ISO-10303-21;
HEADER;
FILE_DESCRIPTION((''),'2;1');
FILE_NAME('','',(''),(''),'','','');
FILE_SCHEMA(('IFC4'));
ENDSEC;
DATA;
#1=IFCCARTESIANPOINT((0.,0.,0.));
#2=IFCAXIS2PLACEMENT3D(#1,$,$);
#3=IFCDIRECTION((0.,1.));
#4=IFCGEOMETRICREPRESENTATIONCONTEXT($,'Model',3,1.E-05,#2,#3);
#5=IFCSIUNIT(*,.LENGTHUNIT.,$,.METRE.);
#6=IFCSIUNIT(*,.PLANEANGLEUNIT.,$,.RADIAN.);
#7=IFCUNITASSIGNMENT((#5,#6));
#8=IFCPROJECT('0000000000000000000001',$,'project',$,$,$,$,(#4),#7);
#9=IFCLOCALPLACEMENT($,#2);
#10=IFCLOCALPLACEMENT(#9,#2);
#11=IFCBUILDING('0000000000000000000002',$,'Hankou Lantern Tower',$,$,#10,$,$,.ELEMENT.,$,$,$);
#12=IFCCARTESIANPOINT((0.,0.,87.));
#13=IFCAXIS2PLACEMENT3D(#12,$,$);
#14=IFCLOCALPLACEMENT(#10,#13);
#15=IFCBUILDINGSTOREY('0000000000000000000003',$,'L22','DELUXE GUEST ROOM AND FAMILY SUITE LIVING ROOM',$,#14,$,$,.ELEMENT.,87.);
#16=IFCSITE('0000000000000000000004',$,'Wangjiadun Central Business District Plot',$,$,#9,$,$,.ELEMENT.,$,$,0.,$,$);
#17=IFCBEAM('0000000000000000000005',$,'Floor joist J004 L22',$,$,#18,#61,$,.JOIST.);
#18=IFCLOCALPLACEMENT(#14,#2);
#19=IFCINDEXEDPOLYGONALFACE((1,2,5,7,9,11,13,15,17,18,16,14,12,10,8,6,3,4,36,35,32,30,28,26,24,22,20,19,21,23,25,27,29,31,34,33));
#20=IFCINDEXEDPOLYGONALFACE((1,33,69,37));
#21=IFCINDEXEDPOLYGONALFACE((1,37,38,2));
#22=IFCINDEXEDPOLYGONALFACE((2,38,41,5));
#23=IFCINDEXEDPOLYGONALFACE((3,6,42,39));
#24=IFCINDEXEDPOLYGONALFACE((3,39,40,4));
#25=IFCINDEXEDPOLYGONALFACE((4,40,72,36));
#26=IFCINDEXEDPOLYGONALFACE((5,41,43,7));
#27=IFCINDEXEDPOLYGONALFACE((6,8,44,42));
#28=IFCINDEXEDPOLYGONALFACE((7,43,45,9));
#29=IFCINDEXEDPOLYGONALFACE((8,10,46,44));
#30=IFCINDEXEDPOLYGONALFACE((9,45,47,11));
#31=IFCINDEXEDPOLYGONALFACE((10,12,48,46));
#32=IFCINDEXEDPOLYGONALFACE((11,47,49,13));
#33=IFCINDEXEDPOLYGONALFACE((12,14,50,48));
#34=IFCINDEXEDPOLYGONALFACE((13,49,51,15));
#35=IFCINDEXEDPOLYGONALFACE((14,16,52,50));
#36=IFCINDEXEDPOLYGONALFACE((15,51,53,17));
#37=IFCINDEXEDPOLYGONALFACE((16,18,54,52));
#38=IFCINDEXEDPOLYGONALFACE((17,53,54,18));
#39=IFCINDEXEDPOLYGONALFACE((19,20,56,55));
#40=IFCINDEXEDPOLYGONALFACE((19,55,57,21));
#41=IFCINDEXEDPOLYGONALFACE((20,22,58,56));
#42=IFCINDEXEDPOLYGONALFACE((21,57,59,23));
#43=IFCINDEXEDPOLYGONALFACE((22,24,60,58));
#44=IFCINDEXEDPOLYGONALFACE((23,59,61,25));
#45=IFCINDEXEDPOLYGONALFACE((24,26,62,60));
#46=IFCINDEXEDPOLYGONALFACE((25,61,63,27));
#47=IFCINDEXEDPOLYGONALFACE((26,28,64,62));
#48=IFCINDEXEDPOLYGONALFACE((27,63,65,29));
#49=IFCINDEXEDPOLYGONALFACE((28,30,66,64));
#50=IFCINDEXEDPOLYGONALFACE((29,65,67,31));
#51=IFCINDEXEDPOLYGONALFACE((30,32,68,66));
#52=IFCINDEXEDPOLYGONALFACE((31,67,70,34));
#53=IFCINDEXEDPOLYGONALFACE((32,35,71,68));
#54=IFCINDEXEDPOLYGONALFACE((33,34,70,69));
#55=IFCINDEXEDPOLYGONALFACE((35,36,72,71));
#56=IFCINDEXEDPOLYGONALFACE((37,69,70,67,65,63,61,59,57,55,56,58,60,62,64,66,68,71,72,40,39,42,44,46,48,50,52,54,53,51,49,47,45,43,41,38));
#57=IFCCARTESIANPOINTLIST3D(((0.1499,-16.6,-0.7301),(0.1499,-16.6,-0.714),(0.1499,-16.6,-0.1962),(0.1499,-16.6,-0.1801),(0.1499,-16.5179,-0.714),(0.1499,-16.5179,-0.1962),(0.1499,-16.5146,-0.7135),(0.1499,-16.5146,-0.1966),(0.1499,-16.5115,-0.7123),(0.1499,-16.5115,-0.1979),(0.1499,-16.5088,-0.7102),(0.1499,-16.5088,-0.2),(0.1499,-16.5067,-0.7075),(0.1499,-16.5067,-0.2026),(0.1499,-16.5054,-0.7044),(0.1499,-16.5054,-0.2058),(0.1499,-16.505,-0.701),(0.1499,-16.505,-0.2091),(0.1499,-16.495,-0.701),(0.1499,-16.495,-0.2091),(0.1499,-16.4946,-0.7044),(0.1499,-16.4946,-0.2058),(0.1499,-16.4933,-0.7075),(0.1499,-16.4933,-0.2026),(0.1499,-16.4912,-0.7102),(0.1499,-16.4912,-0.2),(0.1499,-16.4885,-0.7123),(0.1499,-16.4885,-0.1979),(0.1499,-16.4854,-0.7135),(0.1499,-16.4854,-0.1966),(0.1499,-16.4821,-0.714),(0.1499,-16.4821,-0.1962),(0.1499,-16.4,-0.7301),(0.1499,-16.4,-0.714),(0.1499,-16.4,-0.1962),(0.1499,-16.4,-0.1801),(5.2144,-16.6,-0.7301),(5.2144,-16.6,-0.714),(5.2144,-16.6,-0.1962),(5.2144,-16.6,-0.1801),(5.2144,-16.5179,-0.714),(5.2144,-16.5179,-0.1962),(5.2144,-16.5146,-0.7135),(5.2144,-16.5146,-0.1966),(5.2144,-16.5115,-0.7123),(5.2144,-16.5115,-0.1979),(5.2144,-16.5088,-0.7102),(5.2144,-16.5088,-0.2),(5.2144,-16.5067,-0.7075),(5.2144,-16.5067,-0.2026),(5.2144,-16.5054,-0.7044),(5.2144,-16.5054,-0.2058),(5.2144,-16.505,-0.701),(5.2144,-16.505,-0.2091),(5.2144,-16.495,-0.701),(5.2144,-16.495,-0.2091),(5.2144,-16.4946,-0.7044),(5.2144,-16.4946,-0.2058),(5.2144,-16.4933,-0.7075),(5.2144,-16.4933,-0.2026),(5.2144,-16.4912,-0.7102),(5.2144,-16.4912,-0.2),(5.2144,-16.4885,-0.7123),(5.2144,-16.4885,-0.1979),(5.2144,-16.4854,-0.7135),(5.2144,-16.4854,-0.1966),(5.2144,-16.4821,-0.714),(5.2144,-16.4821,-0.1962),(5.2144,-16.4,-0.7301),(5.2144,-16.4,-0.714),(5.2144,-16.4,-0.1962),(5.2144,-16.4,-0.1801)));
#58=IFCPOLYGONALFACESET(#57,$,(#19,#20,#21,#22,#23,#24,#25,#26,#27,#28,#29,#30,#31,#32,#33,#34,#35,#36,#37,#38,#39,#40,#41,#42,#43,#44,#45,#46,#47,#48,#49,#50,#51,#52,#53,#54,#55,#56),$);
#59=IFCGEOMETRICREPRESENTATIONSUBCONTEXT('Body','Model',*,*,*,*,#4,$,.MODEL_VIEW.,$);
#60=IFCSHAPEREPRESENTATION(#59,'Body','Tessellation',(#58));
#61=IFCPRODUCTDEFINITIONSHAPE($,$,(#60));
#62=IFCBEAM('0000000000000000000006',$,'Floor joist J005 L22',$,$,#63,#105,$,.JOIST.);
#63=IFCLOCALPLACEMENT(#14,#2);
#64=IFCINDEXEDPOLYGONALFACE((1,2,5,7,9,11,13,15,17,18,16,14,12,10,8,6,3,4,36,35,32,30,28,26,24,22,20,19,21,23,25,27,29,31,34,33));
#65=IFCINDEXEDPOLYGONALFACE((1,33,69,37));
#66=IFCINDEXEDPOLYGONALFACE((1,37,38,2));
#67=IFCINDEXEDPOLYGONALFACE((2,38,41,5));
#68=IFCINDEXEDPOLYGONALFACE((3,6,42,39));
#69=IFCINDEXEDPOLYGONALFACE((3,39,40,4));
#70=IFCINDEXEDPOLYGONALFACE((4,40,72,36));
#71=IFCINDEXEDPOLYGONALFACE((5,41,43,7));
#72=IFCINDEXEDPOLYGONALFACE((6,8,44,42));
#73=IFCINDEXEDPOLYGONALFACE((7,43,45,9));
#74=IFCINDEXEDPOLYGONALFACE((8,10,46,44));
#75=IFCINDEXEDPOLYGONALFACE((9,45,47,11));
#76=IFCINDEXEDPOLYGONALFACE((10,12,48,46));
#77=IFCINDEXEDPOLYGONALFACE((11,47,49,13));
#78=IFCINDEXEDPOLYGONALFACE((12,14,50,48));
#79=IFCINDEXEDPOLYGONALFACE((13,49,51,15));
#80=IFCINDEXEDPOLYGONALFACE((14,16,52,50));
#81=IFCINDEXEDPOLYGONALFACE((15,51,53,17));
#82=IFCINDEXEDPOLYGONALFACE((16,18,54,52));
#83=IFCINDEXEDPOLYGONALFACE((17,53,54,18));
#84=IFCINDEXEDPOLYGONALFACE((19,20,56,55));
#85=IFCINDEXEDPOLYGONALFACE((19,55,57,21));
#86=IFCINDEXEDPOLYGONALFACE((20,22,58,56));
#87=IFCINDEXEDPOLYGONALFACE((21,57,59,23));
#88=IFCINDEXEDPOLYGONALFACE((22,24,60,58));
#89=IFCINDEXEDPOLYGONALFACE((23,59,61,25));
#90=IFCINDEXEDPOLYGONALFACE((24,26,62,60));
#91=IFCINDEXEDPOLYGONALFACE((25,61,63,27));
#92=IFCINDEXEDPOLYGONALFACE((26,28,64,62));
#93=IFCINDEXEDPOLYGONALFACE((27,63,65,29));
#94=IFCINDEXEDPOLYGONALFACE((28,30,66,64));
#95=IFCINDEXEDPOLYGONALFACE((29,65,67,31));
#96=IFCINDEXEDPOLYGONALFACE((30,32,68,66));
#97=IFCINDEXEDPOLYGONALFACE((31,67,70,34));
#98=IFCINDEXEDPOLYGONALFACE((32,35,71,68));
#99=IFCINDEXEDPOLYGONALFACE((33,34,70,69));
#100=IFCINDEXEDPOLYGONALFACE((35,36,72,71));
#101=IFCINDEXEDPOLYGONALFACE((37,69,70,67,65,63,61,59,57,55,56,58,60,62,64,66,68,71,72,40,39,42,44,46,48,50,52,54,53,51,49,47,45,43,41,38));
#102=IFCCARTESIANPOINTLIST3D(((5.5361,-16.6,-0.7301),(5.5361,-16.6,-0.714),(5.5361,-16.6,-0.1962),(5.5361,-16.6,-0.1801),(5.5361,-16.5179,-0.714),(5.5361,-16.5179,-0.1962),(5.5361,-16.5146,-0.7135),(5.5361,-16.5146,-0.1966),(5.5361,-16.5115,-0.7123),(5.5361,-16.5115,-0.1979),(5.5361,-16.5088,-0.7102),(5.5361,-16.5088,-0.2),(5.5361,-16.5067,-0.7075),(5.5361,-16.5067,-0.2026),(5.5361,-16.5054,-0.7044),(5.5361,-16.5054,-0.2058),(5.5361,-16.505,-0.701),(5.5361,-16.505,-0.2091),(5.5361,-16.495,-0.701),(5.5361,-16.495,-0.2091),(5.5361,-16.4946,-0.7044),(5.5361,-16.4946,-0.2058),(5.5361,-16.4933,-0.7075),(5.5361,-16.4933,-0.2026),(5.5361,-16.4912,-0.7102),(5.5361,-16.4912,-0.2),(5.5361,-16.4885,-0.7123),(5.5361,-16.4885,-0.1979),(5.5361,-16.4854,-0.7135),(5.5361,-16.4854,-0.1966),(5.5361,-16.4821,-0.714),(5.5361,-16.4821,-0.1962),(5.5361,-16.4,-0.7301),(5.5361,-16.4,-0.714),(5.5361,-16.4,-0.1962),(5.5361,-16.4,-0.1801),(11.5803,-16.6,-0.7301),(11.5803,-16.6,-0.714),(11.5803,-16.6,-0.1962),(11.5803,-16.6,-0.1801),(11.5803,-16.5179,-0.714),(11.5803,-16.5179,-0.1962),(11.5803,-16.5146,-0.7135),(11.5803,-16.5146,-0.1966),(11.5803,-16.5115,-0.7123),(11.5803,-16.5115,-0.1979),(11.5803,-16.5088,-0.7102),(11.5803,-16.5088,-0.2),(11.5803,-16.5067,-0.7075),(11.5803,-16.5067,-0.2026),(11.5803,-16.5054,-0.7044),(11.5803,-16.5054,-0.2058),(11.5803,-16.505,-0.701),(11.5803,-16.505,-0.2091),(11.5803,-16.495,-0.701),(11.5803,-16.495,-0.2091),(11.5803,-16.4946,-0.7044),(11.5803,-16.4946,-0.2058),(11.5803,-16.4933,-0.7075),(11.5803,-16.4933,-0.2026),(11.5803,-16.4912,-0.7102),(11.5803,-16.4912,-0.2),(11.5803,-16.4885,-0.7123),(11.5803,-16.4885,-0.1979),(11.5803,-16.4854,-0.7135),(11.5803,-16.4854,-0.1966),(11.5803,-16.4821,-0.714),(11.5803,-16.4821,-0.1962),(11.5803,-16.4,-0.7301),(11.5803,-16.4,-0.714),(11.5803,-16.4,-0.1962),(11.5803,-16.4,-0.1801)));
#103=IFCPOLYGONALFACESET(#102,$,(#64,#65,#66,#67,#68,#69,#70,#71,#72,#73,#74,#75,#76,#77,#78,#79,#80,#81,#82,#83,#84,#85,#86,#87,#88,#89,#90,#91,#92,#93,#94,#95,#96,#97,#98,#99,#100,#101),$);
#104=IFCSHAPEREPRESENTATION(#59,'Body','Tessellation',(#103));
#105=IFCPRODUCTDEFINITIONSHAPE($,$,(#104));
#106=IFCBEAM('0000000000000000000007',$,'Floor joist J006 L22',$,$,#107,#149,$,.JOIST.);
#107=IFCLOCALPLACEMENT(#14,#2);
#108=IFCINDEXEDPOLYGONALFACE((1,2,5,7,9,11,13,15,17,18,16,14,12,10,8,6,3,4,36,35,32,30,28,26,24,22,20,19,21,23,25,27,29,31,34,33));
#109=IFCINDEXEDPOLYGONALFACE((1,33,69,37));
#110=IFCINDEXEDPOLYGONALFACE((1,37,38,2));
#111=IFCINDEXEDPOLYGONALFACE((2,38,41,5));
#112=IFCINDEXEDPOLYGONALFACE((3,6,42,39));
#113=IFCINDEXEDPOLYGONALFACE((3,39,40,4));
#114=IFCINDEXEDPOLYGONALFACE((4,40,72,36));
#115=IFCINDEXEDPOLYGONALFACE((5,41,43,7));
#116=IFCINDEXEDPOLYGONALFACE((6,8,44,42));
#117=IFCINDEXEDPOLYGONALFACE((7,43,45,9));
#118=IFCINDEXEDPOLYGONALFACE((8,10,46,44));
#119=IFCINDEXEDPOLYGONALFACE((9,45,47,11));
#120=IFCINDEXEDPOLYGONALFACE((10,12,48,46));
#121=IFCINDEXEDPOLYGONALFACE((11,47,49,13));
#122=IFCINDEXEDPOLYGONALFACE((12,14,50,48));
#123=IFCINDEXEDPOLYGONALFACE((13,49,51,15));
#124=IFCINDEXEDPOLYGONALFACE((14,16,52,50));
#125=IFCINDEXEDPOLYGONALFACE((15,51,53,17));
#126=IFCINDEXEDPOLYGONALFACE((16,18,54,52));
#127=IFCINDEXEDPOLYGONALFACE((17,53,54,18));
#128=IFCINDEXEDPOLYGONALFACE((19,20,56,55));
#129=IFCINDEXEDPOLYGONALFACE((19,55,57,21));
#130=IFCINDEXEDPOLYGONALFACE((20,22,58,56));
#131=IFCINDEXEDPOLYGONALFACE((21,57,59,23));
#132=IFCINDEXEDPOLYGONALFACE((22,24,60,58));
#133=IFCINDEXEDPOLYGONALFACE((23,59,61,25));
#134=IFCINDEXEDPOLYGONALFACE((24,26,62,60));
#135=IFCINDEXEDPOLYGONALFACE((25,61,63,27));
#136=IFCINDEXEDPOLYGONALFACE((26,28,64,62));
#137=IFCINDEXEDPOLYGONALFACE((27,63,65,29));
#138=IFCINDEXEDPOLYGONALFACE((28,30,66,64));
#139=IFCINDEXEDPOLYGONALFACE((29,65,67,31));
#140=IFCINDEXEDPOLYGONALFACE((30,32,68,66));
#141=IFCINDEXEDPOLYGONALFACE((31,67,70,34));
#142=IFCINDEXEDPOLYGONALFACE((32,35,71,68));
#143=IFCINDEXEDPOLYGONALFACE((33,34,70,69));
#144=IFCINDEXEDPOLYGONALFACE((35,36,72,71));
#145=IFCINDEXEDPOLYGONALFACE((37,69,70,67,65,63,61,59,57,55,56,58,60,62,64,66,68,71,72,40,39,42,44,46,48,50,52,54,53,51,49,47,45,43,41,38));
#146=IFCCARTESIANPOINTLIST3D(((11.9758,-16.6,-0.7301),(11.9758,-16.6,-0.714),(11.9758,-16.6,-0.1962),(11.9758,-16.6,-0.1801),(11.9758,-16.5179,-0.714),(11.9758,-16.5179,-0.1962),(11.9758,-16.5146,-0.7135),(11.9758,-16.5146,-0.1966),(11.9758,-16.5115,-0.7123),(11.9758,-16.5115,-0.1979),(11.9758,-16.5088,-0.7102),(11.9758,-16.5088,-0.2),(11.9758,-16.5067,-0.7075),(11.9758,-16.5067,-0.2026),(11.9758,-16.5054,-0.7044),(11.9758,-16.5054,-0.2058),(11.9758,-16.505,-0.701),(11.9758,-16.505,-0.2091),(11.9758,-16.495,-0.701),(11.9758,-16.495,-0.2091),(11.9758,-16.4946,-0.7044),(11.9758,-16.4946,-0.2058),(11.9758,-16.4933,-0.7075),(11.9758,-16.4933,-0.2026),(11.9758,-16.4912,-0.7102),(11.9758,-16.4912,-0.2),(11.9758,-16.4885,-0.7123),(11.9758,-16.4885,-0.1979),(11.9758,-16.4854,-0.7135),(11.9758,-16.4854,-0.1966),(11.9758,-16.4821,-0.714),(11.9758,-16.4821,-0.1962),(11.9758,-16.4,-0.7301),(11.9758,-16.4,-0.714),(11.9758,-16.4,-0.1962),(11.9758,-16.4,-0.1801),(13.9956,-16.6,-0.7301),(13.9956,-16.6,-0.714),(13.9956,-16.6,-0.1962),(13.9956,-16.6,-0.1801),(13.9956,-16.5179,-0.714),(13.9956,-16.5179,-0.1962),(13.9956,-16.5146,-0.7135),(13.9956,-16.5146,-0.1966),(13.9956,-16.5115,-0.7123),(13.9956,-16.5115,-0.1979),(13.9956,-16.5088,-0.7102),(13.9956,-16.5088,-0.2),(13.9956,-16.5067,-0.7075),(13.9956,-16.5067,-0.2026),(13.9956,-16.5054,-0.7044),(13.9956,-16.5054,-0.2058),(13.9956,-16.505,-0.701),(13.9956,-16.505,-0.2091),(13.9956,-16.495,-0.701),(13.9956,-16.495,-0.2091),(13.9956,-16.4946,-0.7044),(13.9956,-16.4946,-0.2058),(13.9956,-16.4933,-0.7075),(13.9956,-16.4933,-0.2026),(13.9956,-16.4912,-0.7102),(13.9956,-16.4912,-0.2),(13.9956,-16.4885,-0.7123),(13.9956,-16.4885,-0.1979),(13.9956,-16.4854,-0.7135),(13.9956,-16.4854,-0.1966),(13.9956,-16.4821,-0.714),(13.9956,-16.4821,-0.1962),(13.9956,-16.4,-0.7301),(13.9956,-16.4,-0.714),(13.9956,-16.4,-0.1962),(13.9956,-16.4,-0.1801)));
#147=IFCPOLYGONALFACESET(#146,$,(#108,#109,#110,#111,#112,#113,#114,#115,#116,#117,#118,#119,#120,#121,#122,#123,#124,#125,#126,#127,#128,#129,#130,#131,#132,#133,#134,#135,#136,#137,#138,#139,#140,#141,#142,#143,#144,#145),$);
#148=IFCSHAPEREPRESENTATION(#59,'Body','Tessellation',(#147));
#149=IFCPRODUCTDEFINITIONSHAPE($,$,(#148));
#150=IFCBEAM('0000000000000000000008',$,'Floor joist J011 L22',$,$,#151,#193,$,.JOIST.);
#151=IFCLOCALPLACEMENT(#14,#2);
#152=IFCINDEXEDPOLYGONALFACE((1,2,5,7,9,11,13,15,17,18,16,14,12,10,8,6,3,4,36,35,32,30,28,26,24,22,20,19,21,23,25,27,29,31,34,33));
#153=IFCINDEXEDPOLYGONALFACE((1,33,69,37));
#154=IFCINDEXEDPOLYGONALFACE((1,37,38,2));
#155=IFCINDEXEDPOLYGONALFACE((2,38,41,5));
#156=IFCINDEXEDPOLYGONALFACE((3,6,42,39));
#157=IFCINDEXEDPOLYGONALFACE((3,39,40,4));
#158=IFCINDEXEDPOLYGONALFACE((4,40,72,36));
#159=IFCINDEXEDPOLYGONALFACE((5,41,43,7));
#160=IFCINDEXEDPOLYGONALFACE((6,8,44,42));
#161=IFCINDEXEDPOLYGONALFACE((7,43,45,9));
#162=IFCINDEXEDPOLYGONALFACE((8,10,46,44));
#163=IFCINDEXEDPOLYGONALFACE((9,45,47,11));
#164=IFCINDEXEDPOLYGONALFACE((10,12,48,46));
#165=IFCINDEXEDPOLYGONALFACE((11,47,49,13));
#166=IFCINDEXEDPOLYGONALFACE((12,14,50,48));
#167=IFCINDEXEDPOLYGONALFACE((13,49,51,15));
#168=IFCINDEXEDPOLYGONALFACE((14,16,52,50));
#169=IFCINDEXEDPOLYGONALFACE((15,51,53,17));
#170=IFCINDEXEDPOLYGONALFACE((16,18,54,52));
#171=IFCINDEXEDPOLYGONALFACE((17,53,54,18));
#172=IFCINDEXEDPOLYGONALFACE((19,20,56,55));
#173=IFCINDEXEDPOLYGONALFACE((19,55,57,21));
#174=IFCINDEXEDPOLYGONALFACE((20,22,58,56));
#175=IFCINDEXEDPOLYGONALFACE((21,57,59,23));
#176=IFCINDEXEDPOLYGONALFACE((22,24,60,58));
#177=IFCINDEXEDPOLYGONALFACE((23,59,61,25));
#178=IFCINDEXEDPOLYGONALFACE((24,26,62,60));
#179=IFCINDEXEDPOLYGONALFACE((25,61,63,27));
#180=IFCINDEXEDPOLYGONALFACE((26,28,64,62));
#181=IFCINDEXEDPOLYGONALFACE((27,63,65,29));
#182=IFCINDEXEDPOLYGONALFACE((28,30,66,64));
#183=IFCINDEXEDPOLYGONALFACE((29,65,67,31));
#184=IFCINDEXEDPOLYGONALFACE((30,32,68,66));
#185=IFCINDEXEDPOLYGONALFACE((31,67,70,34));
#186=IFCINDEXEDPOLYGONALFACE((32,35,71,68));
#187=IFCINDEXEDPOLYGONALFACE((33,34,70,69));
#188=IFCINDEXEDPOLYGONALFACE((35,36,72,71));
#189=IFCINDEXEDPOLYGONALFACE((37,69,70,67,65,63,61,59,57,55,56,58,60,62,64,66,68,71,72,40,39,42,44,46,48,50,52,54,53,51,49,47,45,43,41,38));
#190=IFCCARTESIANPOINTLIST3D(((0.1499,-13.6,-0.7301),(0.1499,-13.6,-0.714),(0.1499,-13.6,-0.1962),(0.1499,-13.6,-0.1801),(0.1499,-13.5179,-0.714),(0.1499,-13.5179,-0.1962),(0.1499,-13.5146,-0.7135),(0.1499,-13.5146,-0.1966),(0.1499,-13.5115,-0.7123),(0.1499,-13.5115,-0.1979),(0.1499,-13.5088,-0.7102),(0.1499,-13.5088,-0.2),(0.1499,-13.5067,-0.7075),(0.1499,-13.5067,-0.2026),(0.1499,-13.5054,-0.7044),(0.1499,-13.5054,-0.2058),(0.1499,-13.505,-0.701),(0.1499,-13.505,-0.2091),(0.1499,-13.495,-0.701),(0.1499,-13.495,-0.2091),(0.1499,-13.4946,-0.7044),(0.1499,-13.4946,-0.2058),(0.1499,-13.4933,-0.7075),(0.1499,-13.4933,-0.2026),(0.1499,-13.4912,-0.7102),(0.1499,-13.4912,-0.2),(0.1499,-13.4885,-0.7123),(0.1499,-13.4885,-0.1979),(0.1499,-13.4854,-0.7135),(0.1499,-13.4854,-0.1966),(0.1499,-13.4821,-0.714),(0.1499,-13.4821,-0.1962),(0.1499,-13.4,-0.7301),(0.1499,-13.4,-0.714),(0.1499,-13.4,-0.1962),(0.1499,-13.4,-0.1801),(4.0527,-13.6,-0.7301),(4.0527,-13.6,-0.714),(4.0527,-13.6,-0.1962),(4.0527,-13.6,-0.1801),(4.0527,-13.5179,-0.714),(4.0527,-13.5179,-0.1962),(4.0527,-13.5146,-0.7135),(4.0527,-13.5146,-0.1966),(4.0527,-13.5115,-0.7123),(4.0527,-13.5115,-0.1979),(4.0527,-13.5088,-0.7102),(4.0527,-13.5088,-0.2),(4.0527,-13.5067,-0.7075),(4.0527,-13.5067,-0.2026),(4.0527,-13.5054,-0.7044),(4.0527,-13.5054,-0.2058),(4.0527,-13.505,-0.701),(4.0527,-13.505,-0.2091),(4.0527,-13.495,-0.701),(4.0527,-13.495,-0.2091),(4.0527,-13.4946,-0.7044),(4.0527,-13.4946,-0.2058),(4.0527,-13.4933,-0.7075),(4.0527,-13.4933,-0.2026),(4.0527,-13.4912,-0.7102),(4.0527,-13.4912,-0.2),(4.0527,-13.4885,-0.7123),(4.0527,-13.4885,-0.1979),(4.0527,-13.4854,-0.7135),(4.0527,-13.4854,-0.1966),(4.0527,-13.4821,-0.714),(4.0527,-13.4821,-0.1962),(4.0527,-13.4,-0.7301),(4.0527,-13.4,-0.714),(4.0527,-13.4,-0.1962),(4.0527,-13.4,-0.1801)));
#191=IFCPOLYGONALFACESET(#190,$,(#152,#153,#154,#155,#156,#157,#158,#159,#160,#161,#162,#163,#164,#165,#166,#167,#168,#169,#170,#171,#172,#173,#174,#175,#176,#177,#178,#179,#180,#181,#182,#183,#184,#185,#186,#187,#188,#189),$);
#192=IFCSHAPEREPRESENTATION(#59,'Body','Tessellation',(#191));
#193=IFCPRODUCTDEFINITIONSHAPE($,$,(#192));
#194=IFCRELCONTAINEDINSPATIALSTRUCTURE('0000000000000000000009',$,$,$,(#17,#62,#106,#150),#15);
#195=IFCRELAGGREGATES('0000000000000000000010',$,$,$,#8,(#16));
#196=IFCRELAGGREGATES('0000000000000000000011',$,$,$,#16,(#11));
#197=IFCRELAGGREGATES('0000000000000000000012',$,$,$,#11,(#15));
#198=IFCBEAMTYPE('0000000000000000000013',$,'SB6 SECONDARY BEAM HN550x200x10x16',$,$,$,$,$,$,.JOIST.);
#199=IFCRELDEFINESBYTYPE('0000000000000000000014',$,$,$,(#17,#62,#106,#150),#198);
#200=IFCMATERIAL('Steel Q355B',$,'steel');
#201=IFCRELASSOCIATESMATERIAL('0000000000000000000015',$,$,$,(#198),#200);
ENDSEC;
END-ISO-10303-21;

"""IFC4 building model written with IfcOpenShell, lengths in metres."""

from ifc_helpers import new_model, si_unit, direction, frame, origin, origin_2d, place, context, subcontext, project, spatial, i_section, extrude, material, material_profile, profile_set, type_object, element, save


model = new_model("IFC4")

# Units and contexts
model_context = context("Model", 3, precision=1e-05, world=origin(), true_north=direction((0.0, 1.0)))
body_context = subcontext(model_context, "Body", "Model", "MODEL_VIEW")
ifc_project = project(units=[si_unit("LENGTHUNIT", "METRE"), si_unit("PLANEANGLEUNIT", "RADIAN")], contexts=[model_context])

# Site, building, storey
site_placement = place(None, origin())
site = spatial("IfcSite", under=ifc_project, at=site_placement, Name="Wangjiadun Central Business District Plot", CompositionType="ELEMENT", RefElevation=0.0)
building_placement = place(site_placement, origin())
building = spatial("IfcBuilding", under=site, at=building_placement, Name="Hankou Lantern Tower", CompositionType="ELEMENT")
storey_placement = place(building_placement, frame((0.0, 0.0, 87.0)))
storey = spatial("IfcBuildingStorey", under=building, at=storey_placement, Name="L22", Description="DELUXE GUEST ROOM AND FAMILY SUITE LIVING ROOM", CompositionType="ELEMENT", Elevation=87.0)

# Beams
ifc_material_1 = material(Name="Steel Q355B", Category="steel")
ifc_material_profile_1 = material_profile(ifc_material_1, i_section(OverallWidth=0.2, OverallDepth=0.55, WebThickness=0.01, FlangeThickness=0.0161, FilletRadius=0.0129, at=origin_2d()), Name="HN550x200x10x16")
ifc_profile_set_1 = profile_set([ifc_material_profile_1], Name="Steel Q355B")
beam_type_1 = type_object("IfcBeamType", Name="SB6 SECONDARY BEAM HN550x200x10x16", PredefinedType="JOIST", material=ifc_profile_set_1)
beam_1_placement = place(storey_placement, frame((0.1499, -16.5, -0.4551), z_axis=(1.0, 0.0, 0.0), x_axis=(0.0, 1.0, 0.0)))
element("IfcBeam", 1, at=beam_1_placement, inside=storey, type_object=beam_type_1, Name="Floor joist J004 L22", PredefinedType="JOIST", context=body_context, shape_type="SweptSolid", body=[
    extrude(i_section(OverallWidth=0.2, OverallDepth=0.55, WebThickness=0.01, FlangeThickness=0.0161, FilletRadius=0.0129, at=origin_2d()), origin(), (0.0, 0.0, 1.0), 5.0645),
])
beam_2_placement = place(storey_placement, frame((5.5361, -16.5, -0.4551), z_axis=(1.0, 0.0, 0.0), x_axis=(0.0, 1.0, 0.0)))
element("IfcBeam", 2, at=beam_2_placement, inside=storey, type_object=beam_type_1, Name="Floor joist J005 L22", PredefinedType="JOIST", context=body_context, shape_type="SweptSolid", body=[
    extrude(i_section(OverallWidth=0.2, OverallDepth=0.55, WebThickness=0.01, FlangeThickness=0.0161, FilletRadius=0.0129, at=origin_2d()), origin(), (0.0, 0.0, 1.0), 6.0442),
])
beam_3_placement = place(storey_placement, frame((11.9758, -16.5, -0.4551), z_axis=(1.0, 0.0, 0.0), x_axis=(0.0, 1.0, 0.0)))
element("IfcBeam", 3, at=beam_3_placement, inside=storey, type_object=beam_type_1, Name="Floor joist J006 L22", PredefinedType="JOIST", context=body_context, shape_type="SweptSolid", body=[
    extrude(i_section(OverallWidth=0.2, OverallDepth=0.55, WebThickness=0.01, FlangeThickness=0.0161, FilletRadius=0.0129, at=origin_2d()), origin(), (0.0, 0.0, 1.0), 2.0198),
])
beam_4_placement = place(storey_placement, frame((0.1499, -13.5, -0.4551), z_axis=(1.0, 0.0, 0.0), x_axis=(0.0, 1.0, 0.0)))
element("IfcBeam", 4, at=beam_4_placement, inside=storey, type_object=beam_type_1, Name="Floor joist J011 L22", PredefinedType="JOIST", context=body_context, shape_type="SweptSolid", body=[
    extrude(i_section(OverallWidth=0.2, OverallDepth=0.55, WebThickness=0.01, FlangeThickness=0.0161, FilletRadius=0.0129, at=origin_2d()), origin(), (0.0, 0.0, 1.0), 3.9028),
])

save(model, "model.ifc")
